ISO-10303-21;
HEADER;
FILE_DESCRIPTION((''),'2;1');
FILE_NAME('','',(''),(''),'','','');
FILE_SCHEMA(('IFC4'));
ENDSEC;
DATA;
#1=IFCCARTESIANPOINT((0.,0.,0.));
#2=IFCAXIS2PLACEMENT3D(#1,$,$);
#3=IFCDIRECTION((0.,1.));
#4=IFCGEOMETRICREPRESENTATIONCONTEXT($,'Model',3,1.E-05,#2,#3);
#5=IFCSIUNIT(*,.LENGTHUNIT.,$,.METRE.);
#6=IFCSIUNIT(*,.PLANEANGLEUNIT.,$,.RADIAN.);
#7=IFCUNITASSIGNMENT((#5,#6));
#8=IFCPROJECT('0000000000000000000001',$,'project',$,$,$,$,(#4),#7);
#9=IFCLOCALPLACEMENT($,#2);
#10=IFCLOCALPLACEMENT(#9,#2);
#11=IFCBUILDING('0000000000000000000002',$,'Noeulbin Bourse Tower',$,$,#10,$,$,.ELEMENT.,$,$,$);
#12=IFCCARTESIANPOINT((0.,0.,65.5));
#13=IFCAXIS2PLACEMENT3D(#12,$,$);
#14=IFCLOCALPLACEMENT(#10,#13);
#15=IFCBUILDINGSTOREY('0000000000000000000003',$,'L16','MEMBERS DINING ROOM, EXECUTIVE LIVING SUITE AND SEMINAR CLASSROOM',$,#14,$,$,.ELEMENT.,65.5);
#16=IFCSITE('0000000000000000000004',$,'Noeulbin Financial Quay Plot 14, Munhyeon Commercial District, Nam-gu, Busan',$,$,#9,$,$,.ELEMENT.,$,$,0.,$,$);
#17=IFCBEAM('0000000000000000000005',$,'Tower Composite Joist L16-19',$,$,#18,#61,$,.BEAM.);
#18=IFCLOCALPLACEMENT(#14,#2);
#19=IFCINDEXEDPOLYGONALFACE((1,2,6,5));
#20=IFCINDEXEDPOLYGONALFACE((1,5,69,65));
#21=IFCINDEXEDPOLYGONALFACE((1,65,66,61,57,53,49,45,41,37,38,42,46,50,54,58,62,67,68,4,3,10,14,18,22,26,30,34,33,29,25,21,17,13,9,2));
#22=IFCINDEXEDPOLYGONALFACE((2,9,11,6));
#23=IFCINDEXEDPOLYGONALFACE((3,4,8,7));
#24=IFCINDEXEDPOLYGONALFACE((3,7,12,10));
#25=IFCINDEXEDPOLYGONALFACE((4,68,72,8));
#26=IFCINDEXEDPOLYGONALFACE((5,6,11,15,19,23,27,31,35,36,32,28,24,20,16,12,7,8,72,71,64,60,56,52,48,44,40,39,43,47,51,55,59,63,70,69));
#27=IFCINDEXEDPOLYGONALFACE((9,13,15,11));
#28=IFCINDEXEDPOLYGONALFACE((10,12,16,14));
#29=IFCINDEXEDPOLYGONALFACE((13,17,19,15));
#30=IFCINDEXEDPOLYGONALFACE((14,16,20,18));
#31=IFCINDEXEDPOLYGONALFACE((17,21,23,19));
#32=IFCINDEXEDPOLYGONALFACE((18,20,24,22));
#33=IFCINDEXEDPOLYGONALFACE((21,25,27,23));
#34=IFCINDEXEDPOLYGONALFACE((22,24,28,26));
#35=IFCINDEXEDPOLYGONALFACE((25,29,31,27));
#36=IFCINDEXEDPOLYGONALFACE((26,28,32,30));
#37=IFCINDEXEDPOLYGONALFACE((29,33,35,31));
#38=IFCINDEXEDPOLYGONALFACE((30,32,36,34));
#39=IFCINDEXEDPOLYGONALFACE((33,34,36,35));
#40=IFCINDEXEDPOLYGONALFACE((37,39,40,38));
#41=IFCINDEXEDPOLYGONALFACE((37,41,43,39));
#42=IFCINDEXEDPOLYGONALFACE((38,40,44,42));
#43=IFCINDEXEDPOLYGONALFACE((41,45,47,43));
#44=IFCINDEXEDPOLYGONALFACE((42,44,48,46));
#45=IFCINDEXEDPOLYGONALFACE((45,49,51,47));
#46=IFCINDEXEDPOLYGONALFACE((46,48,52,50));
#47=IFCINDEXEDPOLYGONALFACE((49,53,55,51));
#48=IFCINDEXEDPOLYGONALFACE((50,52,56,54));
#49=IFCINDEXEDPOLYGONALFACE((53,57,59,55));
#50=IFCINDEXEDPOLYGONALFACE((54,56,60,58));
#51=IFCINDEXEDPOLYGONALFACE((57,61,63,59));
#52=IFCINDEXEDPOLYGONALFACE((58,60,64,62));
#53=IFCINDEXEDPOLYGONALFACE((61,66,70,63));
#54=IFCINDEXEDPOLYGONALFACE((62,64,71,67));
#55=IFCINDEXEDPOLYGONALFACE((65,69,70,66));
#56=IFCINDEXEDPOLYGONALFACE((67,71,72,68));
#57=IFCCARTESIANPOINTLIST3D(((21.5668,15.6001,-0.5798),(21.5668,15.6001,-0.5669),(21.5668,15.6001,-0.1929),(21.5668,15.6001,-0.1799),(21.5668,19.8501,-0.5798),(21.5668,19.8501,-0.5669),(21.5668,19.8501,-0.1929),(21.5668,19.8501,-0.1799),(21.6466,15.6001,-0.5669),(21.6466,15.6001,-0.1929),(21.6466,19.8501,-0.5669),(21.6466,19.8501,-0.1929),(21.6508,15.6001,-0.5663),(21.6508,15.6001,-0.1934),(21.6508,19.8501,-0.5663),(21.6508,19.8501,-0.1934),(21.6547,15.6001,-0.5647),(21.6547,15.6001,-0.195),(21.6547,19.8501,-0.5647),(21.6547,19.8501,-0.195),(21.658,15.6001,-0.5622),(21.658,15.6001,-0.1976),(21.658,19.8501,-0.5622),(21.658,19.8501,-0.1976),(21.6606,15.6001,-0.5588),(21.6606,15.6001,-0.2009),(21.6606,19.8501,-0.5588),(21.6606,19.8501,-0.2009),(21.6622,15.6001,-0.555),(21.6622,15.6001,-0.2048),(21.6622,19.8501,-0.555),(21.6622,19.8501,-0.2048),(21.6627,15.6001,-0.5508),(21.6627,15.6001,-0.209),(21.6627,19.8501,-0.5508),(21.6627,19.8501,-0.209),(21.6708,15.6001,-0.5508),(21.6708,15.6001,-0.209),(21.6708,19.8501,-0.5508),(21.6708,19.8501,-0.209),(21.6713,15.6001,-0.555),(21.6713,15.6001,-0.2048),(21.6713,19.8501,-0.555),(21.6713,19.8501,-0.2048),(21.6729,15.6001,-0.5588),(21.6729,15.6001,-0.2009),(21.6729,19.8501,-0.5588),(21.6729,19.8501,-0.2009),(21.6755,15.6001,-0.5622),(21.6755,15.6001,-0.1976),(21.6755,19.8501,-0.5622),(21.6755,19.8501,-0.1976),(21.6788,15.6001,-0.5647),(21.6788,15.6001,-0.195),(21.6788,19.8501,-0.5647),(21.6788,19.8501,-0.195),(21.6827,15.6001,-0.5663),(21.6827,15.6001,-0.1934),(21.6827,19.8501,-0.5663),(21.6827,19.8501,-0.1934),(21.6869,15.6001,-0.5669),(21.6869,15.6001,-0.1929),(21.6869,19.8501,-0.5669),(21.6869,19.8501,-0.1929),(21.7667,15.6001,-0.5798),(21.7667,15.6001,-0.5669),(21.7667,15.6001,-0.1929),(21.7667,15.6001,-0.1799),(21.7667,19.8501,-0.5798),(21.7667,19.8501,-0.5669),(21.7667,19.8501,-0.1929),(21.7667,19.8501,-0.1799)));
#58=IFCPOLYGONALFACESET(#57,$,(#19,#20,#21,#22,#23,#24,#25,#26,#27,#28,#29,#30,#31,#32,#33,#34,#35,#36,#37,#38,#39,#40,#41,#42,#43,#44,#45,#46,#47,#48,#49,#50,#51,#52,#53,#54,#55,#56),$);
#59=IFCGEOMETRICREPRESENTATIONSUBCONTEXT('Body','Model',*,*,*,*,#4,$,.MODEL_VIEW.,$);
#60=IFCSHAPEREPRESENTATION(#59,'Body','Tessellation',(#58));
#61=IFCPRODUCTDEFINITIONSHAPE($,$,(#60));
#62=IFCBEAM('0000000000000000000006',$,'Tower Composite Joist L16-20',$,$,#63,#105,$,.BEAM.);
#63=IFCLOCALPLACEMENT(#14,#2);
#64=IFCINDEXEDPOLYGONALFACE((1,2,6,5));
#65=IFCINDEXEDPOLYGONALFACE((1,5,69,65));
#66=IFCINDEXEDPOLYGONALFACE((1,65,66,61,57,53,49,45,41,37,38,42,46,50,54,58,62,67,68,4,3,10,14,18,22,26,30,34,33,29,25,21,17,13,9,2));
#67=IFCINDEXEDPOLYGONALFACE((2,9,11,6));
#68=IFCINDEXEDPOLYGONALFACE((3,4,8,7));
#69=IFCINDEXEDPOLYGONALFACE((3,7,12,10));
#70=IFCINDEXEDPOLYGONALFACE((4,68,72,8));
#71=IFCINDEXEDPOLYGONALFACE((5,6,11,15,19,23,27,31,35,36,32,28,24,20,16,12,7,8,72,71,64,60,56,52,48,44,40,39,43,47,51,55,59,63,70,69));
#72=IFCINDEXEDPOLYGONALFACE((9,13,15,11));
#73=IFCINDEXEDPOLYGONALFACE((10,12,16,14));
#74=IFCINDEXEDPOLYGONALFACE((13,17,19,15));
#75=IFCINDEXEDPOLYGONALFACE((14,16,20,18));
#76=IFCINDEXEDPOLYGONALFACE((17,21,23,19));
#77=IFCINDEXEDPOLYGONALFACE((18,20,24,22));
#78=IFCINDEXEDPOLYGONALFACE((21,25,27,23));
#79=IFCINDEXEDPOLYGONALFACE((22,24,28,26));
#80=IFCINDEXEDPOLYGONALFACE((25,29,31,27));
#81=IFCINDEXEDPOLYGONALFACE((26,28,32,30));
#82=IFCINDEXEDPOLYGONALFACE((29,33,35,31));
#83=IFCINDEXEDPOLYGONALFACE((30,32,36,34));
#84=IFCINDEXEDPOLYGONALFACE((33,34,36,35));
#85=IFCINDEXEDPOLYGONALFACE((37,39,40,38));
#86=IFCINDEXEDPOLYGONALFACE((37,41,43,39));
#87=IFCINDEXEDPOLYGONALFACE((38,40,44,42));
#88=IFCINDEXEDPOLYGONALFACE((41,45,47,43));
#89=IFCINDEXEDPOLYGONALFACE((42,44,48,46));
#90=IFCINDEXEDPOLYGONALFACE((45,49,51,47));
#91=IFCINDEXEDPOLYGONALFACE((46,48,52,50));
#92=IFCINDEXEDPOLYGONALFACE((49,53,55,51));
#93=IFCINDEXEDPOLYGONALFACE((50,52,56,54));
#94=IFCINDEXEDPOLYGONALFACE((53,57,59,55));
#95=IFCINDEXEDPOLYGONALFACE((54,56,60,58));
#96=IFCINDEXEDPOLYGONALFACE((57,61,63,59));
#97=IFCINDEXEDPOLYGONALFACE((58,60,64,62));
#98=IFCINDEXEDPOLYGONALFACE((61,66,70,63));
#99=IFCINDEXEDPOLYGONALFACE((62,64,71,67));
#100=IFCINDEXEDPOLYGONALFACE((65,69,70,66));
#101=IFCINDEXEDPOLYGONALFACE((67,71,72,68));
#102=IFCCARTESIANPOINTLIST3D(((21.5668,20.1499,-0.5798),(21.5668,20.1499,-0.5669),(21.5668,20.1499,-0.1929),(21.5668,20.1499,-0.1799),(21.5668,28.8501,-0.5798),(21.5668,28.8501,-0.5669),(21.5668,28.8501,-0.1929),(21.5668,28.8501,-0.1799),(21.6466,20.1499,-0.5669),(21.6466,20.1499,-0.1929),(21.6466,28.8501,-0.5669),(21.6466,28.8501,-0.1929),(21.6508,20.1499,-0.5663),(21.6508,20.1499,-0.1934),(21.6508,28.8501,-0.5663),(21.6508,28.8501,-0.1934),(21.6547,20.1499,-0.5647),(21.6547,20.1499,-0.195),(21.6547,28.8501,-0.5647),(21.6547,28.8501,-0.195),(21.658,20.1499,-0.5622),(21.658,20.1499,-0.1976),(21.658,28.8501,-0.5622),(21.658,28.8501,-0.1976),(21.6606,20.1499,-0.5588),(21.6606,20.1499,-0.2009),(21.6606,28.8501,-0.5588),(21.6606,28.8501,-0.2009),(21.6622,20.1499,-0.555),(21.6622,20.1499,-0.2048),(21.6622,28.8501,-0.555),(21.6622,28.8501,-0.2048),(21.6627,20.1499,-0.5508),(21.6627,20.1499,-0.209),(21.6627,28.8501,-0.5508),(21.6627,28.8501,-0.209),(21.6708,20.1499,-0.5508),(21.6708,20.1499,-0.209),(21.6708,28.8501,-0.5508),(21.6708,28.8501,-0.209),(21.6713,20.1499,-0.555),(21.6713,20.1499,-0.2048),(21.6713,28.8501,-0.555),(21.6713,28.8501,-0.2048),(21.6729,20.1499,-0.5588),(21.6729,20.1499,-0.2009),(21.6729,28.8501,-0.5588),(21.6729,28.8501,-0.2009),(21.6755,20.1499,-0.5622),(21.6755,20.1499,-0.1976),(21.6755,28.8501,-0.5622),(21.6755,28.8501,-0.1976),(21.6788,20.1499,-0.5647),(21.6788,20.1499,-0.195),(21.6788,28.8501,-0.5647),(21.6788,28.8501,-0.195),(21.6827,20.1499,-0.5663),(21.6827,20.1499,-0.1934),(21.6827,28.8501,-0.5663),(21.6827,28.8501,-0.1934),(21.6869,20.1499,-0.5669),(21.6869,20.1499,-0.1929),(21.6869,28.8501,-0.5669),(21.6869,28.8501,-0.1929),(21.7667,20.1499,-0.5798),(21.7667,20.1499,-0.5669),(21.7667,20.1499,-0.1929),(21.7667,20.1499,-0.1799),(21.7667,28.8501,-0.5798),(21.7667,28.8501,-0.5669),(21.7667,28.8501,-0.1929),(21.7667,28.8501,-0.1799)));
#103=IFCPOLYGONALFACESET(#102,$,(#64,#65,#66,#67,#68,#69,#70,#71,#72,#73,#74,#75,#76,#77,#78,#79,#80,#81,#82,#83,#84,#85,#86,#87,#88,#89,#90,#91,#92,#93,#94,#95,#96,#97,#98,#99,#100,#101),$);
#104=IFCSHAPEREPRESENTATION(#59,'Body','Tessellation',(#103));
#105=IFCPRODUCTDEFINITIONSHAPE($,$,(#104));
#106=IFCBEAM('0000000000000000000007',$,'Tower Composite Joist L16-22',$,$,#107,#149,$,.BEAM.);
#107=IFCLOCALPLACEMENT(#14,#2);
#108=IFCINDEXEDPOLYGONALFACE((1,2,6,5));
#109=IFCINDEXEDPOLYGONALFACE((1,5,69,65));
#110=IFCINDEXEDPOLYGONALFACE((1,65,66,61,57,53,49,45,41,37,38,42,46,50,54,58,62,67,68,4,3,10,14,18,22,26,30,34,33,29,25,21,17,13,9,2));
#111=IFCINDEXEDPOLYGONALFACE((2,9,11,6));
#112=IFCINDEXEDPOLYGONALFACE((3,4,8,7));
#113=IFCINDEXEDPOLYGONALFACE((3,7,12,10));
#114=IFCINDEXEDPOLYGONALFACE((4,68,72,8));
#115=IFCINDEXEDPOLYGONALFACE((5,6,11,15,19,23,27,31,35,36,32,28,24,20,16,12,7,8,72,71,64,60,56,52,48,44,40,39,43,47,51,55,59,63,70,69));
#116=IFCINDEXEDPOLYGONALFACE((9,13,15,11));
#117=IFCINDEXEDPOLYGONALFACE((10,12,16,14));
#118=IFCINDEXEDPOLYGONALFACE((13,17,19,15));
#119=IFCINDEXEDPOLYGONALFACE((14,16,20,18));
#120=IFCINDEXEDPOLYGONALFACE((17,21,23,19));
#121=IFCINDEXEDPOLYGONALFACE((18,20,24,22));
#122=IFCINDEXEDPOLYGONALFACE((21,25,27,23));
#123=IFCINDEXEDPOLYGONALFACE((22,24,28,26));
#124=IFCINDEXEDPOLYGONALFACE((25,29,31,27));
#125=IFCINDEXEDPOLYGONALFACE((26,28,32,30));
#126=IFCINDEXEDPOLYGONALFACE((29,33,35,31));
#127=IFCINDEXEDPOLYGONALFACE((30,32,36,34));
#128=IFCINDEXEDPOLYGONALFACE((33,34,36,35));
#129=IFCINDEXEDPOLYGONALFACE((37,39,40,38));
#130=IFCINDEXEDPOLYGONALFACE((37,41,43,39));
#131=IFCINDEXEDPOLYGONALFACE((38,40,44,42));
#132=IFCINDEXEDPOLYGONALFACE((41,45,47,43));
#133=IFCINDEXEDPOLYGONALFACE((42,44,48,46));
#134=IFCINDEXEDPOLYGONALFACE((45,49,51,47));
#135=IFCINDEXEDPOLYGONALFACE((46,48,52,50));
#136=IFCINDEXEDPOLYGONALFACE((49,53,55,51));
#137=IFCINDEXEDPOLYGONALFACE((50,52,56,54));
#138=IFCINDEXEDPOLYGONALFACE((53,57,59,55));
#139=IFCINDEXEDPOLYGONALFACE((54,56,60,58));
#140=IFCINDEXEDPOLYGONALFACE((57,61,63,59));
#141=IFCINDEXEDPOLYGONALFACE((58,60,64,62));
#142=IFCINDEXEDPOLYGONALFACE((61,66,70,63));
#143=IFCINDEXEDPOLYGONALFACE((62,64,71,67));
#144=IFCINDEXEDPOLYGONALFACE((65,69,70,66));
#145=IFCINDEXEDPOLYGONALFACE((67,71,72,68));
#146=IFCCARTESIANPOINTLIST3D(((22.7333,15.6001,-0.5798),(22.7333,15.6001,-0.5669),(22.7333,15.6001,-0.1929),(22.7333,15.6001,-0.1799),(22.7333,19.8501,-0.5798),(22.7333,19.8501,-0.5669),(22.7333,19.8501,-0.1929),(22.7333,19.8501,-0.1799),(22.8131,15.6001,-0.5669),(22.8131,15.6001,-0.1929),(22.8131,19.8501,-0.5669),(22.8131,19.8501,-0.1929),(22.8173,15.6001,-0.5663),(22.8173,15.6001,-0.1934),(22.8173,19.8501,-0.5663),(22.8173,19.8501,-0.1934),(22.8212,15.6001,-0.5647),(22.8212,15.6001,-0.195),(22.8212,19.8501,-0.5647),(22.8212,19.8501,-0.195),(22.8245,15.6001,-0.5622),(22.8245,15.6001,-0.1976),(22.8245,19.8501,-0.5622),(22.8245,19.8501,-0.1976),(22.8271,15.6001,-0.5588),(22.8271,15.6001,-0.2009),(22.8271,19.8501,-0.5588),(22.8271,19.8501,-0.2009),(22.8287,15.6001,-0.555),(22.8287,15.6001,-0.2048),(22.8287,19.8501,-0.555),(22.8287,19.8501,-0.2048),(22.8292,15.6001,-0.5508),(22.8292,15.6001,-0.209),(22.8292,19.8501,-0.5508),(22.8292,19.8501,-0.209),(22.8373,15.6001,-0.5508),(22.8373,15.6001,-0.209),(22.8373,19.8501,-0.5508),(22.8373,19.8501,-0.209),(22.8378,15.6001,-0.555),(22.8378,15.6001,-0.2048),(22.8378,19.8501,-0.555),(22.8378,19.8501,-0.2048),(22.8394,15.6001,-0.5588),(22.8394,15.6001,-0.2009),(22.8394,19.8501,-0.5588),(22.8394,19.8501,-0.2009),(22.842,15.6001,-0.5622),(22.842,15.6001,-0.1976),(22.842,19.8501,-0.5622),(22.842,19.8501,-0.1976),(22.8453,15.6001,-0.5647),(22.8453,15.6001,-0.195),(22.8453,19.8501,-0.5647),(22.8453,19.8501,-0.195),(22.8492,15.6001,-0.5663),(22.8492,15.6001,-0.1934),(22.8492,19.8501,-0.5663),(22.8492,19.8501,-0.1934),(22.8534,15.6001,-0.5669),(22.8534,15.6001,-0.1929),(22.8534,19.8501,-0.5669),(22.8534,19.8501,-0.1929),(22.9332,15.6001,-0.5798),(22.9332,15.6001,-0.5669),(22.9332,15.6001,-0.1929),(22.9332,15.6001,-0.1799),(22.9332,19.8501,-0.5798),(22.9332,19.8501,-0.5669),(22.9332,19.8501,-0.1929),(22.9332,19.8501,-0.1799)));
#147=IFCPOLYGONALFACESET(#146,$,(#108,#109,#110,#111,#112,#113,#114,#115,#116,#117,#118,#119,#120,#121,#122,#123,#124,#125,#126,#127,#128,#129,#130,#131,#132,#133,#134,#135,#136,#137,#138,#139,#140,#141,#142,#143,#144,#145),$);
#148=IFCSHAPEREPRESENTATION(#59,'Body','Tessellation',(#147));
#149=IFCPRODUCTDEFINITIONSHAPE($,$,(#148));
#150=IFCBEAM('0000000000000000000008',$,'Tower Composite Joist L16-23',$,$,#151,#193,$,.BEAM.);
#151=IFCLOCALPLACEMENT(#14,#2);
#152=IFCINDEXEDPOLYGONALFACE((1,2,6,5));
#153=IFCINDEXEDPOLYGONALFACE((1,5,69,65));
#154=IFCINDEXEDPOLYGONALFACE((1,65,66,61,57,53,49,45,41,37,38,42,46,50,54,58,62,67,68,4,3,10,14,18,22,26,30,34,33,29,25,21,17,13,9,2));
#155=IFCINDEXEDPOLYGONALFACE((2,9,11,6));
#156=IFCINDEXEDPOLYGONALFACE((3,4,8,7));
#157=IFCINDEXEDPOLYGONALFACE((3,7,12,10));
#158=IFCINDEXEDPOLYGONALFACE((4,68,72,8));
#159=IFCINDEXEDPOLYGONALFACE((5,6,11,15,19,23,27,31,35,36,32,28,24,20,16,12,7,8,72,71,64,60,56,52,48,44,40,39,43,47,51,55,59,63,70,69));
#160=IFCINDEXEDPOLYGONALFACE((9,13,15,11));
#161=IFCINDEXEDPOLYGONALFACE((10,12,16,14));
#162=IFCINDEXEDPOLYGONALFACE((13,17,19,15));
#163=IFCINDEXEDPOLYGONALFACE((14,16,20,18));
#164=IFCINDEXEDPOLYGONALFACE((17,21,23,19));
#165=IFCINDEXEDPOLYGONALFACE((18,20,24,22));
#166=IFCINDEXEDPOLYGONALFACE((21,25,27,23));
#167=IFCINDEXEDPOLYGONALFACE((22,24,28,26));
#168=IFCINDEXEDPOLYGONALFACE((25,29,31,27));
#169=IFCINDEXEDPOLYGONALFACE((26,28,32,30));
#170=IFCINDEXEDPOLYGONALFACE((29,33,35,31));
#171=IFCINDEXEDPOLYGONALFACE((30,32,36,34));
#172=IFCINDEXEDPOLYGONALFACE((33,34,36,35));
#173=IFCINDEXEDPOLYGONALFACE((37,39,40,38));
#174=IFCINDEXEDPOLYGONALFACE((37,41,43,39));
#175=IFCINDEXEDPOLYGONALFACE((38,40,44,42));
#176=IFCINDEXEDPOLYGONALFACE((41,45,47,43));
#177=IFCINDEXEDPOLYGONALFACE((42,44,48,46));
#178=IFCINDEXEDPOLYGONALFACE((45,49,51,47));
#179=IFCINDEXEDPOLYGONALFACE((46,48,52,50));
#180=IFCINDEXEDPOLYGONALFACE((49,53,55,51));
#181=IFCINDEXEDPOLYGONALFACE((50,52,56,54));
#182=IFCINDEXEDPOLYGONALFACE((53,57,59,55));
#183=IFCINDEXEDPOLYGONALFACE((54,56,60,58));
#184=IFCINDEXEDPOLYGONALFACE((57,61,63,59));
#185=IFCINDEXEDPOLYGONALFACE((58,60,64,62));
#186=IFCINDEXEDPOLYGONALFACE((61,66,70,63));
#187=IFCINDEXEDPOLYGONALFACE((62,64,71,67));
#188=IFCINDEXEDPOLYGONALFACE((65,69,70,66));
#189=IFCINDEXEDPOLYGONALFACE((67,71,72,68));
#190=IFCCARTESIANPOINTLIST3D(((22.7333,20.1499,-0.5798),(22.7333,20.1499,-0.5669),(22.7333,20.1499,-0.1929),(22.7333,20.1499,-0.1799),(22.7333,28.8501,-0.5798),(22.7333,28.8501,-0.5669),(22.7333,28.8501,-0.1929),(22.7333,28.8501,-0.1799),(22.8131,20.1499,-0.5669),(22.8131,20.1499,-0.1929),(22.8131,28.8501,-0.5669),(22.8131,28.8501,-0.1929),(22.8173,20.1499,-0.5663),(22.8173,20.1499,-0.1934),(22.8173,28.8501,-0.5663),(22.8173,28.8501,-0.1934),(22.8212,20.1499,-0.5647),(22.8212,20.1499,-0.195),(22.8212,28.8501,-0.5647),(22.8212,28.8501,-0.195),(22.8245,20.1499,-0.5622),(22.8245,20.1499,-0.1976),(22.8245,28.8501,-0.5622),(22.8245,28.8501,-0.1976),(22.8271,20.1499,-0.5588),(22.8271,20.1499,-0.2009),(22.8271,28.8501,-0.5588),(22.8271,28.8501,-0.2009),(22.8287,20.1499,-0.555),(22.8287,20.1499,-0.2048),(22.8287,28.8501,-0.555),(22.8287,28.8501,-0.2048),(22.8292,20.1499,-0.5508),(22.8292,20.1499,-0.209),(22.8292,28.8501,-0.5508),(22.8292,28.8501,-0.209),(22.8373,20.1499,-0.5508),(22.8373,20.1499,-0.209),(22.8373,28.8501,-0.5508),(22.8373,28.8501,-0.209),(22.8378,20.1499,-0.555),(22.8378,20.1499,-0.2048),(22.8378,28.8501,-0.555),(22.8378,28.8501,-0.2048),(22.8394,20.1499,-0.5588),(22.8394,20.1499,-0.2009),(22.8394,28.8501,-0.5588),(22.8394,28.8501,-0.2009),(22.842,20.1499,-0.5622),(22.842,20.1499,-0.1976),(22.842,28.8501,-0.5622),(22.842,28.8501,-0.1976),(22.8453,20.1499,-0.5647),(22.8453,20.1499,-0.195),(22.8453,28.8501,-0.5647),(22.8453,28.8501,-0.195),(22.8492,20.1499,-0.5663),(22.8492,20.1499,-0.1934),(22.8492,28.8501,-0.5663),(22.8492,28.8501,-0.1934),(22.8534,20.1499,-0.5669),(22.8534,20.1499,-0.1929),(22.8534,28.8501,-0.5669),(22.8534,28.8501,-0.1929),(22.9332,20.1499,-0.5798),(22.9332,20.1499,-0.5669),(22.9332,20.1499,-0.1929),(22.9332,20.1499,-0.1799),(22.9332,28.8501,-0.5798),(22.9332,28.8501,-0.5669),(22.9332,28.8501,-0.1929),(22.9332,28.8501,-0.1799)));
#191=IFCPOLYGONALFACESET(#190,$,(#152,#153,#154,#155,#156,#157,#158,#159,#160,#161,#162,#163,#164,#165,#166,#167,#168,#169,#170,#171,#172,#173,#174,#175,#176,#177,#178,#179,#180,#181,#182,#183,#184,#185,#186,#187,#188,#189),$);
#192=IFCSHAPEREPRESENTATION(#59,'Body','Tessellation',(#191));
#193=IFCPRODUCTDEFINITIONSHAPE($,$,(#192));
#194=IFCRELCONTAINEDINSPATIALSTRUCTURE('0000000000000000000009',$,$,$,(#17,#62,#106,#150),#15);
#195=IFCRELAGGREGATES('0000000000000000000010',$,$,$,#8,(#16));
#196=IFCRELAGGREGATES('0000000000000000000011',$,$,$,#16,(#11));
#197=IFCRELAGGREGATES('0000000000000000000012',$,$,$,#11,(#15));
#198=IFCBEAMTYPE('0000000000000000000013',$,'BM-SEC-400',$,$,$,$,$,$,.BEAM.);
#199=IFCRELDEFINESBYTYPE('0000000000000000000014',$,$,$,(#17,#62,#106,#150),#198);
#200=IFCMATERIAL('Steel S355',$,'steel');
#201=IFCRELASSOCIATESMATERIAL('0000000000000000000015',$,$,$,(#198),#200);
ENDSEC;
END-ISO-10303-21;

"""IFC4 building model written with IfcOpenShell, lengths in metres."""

from ifc_helpers import new_model, si_unit, direction, frame, origin, origin_2d, place, context, subcontext, project, spatial, i_section, extrude, material, material_profile, profile_set, type_object, element, save


model = new_model("IFC4")

# Units and contexts
model_context = context("Model", 3, precision=1e-05, world=origin(), true_north=direction((0.0, 1.0)))
body_context = subcontext(model_context, "Body", "Model", "MODEL_VIEW")
ifc_project = project(units=[si_unit("LENGTHUNIT", "METRE"), si_unit("PLANEANGLEUNIT", "RADIAN")], contexts=[model_context])

# Site, building, storey
site_placement = place(None, origin())
site = spatial("IfcSite", under=ifc_project, at=site_placement, Name="Noeulbin Financial Quay Plot 14, Munhyeon Commercial District, Nam-gu, Busan", CompositionType="ELEMENT", RefElevation=0.0)
building_placement = place(site_placement, origin())
building = spatial("IfcBuilding", under=site, at=building_placement, Name="Noeulbin Bourse Tower", CompositionType="ELEMENT")
storey_placement = place(building_placement, frame((0.0, 0.0, 65.5)))
storey = spatial("IfcBuildingStorey", under=building, at=storey_placement, Name="L16", Description="MEMBERS DINING ROOM, EXECUTIVE LIVING SUITE AND SEMINAR CLASSROOM", CompositionType="ELEMENT", Elevation=65.5)

# Beams
ifc_material_1 = material(Name="Steel S355", Category="steel")
ifc_material_profile_1 = material_profile(ifc_material_1, i_section(OverallWidth=0.2, OverallDepth=0.3999, WebThickness=0.0081, FlangeThickness=0.0129, FilletRadius=0.0161, at=origin_2d()), Name="H-400x200x8x13", Category="LoadBearing")
ifc_profile_set_1 = profile_set([ifc_material_profile_1], Name="Steel S355")
beam_type_1 = type_object("IfcBeamType", Name="BM-SEC-400", PredefinedType="BEAM", material=ifc_profile_set_1)
beam_1_placement = place(storey_placement, frame((21.6667, 15.6001, -0.3799), z_axis=(0.0, 1.0, 0.0), x_axis=(-1.0, 0.0, 0.0)))
element("IfcBeam", 1, at=beam_1_placement, inside=storey, type_object=beam_type_1, Name="Tower Composite Joist L16-19", PredefinedType="BEAM", context=body_context, shape_type="SweptSolid", body=[
    extrude(i_section(OverallWidth=0.2, OverallDepth=0.3999, WebThickness=0.0081, FlangeThickness=0.0129, FilletRadius=0.0161, at=origin_2d()), origin(), (0.0, 0.0, 1.0), 4.25),
])
beam_2_placement = place(storey_placement, frame((21.6667, 20.1499, -0.3799), z_axis=(0.0, 1.0, 0.0), x_axis=(-1.0, 0.0, 0.0)))
element("IfcBeam", 2, at=beam_2_placement, inside=storey, type_object=beam_type_1, Name="Tower Composite Joist L16-20", PredefinedType="BEAM", context=body_context, shape_type="SweptSolid", body=[
    extrude(i_section(OverallWidth=0.2, OverallDepth=0.3999, WebThickness=0.0081, FlangeThickness=0.0129, FilletRadius=0.0161, at=origin_2d()), origin(), (0.0, 0.0, 1.0), 8.7002),
])
beam_3_placement = place(storey_placement, frame((22.8333, 15.6001, -0.3799), z_axis=(0.0, 1.0, 0.0), x_axis=(-1.0, 0.0, 0.0)))
element("IfcBeam", 3, at=beam_3_placement, inside=storey, type_object=beam_type_1, Name="Tower Composite Joist L16-22", PredefinedType="BEAM", context=body_context, shape_type="SweptSolid", body=[
    extrude(i_section(OverallWidth=0.2, OverallDepth=0.3999, WebThickness=0.0081, FlangeThickness=0.0129, FilletRadius=0.0161, at=origin_2d()), origin(), (0.0, 0.0, 1.0), 4.25),
])
beam_4_placement = place(storey_placement, frame((22.8333, 20.1499, -0.3799), z_axis=(0.0, 1.0, 0.0), x_axis=(-1.0, 0.0, 0.0)))
element("IfcBeam", 4, at=beam_4_placement, inside=storey, type_object=beam_type_1, Name="Tower Composite Joist L16-23", PredefinedType="BEAM", context=body_context, shape_type="SweptSolid", body=[
    extrude(i_section(OverallWidth=0.2, OverallDepth=0.3999, WebThickness=0.0081, FlangeThickness=0.0129, FilletRadius=0.0161, at=origin_2d()), origin(), (0.0, 0.0, 1.0), 8.7002),
])

save(model, "model.ifc")
